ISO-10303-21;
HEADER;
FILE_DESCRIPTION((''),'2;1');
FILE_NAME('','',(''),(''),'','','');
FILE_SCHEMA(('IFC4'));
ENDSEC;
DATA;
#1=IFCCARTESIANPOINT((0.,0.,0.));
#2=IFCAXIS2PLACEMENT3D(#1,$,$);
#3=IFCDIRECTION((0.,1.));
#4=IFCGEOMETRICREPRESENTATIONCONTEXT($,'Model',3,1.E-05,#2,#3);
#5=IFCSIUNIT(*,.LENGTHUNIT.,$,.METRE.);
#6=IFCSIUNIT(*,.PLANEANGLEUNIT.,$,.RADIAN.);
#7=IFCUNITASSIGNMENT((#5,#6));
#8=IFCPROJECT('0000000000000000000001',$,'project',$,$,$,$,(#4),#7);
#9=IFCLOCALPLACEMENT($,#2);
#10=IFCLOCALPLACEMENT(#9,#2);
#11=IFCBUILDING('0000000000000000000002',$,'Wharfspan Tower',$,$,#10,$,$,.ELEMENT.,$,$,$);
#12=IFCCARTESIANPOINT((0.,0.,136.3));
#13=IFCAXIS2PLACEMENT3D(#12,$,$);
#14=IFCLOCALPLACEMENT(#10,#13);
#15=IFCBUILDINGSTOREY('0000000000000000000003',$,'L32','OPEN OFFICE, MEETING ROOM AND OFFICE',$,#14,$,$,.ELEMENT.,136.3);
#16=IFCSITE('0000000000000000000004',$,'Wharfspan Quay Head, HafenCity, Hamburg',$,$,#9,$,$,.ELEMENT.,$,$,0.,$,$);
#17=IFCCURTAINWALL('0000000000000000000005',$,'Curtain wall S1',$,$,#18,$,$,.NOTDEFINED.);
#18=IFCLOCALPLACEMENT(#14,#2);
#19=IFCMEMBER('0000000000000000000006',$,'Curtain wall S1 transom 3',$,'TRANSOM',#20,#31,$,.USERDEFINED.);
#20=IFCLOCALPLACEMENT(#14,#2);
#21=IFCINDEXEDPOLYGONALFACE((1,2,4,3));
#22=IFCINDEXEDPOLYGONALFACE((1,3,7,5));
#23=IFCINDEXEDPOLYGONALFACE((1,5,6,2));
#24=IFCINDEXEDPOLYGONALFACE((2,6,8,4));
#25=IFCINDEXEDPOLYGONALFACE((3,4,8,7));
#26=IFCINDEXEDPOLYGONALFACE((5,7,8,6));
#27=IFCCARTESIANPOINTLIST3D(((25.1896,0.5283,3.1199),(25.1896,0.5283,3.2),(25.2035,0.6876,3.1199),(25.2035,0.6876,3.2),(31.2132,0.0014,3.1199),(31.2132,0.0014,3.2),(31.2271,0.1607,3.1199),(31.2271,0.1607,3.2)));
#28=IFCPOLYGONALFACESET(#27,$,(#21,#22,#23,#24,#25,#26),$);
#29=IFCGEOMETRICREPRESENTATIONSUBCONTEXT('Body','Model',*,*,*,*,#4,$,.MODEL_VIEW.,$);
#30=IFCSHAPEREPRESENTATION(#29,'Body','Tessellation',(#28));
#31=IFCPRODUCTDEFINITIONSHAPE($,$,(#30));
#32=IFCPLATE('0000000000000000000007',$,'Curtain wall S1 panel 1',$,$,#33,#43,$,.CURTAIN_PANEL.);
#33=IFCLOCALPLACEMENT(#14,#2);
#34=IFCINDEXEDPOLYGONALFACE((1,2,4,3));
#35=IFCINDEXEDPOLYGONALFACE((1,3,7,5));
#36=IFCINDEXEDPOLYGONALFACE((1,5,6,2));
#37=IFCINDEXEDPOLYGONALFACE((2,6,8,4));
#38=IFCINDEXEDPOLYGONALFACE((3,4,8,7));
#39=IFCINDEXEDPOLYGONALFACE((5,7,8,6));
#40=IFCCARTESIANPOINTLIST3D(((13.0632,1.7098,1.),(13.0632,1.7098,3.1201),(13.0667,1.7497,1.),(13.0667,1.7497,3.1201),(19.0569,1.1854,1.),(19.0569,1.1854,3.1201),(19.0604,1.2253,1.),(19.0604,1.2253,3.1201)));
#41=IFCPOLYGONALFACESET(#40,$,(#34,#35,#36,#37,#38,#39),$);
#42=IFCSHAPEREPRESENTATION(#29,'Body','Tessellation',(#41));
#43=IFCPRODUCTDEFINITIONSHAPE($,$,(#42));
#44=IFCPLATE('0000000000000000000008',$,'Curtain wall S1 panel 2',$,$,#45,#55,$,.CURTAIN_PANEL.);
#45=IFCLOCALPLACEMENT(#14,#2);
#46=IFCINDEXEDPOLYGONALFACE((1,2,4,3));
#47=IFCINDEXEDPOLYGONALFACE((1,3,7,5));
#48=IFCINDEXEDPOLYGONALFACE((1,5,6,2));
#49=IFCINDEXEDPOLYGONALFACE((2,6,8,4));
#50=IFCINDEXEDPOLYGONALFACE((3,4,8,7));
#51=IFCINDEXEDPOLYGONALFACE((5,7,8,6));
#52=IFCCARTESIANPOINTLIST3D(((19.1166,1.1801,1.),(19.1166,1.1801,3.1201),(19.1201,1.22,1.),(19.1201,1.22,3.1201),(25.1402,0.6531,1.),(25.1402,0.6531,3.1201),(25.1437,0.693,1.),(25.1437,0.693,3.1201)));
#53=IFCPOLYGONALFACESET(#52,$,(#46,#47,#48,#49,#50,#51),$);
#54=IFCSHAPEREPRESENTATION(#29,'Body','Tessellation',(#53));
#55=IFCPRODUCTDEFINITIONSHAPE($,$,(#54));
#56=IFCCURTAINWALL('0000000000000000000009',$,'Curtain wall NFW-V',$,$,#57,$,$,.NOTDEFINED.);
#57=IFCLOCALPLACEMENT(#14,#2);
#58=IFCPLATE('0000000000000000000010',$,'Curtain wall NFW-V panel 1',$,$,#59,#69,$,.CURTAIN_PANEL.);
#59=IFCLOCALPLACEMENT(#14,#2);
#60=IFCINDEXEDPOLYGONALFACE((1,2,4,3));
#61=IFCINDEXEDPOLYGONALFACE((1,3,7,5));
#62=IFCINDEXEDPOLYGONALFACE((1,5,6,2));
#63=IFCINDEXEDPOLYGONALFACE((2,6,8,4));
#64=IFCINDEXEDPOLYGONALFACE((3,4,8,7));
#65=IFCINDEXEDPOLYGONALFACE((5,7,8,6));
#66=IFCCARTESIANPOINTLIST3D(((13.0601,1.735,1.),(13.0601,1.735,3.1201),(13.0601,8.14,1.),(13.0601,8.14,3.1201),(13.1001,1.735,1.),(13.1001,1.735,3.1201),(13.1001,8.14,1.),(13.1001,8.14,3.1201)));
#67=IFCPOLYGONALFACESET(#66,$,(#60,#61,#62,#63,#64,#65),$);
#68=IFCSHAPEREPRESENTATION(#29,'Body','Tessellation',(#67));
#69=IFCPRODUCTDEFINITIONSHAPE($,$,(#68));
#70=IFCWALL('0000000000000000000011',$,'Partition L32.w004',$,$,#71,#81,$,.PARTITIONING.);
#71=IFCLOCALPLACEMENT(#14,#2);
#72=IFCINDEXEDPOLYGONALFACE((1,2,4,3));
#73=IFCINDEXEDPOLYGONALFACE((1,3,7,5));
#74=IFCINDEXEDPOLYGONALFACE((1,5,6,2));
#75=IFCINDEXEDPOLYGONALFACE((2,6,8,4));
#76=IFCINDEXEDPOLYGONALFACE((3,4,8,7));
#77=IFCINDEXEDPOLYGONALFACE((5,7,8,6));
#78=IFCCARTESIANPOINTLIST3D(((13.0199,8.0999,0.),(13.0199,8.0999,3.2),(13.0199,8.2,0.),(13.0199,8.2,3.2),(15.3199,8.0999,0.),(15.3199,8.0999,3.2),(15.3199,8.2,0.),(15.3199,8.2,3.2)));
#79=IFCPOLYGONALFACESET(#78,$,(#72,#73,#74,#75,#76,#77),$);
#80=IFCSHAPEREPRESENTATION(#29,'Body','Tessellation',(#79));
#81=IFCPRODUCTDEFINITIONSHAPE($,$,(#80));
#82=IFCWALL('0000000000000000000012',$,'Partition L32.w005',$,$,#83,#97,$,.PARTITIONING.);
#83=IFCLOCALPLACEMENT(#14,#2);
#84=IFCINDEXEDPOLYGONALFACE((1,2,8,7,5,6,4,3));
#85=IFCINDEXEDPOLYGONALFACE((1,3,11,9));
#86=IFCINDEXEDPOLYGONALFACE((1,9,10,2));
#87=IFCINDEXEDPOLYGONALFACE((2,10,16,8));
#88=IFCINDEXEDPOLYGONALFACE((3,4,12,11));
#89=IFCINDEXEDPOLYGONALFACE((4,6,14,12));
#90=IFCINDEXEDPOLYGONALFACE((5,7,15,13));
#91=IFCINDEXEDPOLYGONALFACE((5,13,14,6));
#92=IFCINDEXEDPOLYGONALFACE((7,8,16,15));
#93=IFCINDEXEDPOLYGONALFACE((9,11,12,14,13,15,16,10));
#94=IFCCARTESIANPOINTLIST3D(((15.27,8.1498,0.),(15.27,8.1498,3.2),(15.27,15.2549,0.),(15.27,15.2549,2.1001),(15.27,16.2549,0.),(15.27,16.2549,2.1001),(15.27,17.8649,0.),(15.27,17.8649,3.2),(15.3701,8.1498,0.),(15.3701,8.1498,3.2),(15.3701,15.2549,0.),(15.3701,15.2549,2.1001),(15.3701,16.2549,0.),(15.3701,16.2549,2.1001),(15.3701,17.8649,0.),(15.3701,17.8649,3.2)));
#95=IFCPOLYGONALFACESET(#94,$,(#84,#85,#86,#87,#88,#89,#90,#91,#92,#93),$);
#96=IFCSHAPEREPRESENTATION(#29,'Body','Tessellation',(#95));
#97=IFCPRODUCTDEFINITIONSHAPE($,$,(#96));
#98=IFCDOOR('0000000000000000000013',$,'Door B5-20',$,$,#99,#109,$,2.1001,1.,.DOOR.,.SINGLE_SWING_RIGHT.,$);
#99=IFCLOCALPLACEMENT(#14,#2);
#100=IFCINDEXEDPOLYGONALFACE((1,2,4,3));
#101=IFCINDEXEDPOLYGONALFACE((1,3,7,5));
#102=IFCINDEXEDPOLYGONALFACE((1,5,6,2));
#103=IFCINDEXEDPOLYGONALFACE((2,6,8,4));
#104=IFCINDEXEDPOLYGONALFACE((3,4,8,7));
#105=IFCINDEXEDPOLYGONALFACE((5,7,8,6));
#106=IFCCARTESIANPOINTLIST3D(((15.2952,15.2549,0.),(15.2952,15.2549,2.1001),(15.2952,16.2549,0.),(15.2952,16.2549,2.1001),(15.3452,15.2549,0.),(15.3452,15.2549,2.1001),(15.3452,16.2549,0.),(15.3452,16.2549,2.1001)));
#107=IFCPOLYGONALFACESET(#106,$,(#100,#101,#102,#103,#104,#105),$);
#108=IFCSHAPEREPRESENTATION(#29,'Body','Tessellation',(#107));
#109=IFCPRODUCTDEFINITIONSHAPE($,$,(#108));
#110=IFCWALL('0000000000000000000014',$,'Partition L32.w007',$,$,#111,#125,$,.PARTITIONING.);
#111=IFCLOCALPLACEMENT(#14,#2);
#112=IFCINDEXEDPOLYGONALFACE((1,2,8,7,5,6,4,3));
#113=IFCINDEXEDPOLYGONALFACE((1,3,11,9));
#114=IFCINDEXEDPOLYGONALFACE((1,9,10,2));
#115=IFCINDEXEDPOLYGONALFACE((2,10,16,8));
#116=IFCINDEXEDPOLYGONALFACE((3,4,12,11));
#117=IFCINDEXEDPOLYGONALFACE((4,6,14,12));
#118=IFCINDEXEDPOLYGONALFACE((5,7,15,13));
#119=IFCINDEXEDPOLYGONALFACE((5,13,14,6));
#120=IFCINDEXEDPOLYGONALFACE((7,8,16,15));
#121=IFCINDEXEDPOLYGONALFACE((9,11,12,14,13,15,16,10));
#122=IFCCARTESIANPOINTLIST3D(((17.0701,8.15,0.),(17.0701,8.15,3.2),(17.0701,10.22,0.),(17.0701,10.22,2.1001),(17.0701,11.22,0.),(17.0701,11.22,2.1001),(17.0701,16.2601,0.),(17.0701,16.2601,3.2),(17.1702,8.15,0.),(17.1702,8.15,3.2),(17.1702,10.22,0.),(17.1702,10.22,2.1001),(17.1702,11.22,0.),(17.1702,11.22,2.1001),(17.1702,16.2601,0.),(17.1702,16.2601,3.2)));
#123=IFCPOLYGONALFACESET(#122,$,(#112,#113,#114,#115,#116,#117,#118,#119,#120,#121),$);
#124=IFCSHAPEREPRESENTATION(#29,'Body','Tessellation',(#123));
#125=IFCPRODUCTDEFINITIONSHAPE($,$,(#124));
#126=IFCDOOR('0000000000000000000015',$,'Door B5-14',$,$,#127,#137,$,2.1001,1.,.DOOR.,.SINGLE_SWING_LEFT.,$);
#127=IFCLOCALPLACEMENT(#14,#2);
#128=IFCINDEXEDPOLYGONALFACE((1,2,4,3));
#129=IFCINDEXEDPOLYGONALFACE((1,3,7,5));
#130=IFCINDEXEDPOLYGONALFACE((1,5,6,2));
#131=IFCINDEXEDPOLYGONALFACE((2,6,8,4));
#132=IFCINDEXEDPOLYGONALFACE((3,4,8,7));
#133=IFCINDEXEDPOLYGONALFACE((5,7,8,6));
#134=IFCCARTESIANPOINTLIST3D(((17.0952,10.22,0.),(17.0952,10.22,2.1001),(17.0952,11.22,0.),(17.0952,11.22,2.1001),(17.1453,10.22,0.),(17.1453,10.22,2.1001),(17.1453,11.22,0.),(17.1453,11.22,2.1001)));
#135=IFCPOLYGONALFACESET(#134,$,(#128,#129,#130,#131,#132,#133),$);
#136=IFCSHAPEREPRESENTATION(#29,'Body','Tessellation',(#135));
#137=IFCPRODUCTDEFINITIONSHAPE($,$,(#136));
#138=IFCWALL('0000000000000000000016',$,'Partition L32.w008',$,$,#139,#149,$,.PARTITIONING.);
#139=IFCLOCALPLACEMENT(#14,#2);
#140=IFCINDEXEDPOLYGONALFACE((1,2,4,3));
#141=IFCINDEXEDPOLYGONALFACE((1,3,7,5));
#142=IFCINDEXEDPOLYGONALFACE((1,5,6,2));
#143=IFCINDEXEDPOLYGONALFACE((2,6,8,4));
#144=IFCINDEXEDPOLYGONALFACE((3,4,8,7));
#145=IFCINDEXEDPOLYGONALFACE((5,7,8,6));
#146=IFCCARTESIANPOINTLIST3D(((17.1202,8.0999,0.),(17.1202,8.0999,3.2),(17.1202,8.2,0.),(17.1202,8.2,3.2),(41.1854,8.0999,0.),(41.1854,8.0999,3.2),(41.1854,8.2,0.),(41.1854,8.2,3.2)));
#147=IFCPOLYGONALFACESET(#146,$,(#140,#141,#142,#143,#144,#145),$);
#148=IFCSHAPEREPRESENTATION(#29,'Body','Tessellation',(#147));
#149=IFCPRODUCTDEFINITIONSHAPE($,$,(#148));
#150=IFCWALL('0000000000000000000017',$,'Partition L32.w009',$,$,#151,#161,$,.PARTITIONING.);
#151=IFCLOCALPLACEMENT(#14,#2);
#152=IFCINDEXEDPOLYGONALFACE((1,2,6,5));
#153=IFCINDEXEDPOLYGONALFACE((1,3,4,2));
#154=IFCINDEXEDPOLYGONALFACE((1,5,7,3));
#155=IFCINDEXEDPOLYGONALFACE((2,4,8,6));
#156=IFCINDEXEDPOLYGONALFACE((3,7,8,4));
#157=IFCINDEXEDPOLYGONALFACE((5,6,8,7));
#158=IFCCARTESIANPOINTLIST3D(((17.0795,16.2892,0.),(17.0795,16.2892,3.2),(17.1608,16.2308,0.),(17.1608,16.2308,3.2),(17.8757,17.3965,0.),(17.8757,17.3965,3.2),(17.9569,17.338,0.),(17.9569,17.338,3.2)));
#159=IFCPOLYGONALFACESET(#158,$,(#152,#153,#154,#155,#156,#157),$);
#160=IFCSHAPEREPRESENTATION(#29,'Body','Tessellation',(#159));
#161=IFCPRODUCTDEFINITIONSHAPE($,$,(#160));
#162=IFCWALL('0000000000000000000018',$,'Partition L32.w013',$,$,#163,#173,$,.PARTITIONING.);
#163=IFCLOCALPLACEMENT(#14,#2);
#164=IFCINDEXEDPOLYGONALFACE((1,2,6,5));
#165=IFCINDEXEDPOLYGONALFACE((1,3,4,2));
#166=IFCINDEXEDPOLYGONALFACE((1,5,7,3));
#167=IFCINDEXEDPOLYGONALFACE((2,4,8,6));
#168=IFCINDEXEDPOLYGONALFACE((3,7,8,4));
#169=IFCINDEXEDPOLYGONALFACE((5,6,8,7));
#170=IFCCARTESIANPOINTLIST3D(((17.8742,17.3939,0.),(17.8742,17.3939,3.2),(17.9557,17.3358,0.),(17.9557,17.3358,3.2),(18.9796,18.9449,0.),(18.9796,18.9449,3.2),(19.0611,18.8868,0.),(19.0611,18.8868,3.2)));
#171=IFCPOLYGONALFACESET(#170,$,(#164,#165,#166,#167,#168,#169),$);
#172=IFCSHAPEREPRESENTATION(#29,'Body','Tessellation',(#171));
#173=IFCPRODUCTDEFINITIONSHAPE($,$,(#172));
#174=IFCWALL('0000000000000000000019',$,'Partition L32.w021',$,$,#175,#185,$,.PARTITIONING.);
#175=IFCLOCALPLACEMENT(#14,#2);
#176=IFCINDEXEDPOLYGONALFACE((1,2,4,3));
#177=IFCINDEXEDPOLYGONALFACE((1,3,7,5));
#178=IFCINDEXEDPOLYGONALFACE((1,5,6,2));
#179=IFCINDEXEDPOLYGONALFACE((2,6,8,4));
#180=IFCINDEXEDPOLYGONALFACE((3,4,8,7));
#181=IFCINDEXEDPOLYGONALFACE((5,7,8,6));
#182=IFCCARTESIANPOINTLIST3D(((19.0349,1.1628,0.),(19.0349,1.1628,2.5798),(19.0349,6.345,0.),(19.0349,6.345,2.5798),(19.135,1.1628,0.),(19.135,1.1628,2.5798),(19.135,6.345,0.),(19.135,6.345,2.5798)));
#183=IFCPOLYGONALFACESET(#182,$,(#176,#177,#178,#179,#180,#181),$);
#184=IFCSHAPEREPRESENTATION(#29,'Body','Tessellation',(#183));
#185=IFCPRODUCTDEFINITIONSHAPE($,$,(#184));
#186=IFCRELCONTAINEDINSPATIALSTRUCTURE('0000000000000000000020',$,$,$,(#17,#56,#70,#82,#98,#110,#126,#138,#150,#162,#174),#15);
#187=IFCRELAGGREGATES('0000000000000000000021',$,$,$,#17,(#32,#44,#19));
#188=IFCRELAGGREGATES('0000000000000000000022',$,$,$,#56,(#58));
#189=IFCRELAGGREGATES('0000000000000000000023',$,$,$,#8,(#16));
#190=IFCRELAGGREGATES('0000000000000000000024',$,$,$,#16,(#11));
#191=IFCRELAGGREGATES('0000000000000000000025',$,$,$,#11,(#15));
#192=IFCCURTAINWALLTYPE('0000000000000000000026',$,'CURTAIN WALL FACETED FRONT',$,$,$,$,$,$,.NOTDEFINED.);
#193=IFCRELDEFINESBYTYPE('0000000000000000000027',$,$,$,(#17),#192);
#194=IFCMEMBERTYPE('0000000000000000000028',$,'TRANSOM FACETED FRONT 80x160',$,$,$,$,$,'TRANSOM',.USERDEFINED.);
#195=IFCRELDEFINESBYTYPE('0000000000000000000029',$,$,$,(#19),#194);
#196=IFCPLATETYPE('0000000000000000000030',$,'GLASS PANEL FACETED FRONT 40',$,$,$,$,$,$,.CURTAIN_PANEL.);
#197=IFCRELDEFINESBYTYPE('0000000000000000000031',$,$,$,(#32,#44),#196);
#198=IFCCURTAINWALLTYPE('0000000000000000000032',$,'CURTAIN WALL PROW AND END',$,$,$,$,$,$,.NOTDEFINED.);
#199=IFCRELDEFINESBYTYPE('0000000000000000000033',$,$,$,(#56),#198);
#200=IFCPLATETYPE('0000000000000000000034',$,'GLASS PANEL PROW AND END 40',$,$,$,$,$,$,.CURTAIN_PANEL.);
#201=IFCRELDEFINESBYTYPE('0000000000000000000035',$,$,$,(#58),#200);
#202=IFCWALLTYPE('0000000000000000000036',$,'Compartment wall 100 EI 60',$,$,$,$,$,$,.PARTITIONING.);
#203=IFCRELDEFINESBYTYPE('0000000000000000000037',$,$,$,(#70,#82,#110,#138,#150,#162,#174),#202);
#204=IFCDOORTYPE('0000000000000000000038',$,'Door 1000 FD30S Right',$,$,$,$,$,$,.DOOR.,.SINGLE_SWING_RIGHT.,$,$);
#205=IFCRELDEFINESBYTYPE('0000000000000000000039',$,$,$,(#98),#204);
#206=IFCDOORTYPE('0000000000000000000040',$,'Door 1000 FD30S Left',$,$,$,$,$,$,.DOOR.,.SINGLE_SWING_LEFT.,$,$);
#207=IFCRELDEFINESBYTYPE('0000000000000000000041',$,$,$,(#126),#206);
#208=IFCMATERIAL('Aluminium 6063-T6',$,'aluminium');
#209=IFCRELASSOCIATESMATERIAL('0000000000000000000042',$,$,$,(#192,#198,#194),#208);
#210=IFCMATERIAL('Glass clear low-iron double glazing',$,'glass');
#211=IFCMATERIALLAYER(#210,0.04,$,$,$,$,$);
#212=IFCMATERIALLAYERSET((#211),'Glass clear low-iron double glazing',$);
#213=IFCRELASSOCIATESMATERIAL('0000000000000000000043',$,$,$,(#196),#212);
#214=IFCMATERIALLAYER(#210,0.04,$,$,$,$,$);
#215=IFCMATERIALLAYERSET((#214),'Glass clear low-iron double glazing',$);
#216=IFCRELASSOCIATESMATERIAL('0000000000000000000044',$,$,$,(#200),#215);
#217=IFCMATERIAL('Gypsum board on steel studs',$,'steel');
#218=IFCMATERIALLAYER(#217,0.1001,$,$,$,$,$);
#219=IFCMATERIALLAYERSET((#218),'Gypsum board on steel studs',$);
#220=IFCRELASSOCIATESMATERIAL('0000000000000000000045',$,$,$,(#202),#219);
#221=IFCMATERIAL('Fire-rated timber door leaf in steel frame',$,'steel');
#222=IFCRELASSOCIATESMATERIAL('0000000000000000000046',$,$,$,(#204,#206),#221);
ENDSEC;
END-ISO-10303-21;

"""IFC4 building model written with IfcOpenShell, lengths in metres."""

from ifc_helpers import new_model, si_unit, direction, frame, frame_2d, origin, origin_2d, place, context, subcontext, project, spatial, rectangle, extrude, material, layer, layer_set, material_profile, profile_set, type_object, element, fill, aggregate, save


model = new_model("IFC4")

# Units and contexts
model_context = context("Model", 3, precision=1e-05, world=origin(), true_north=direction((0.0, 1.0)))
body_context = subcontext(model_context, "Body", "Model", "MODEL_VIEW")
ifc_project = project(units=[si_unit("LENGTHUNIT", "METRE"), si_unit("PLANEANGLEUNIT", "RADIAN")], contexts=[model_context])

# Site, building, storey
site_placement = place(None, origin())
site = spatial("IfcSite", under=ifc_project, at=site_placement, Name="Wharfspan Quay Head, HafenCity, Hamburg", CompositionType="ELEMENT", RefElevation=0.0)
building_placement = place(site_placement, origin())
building = spatial("IfcBuilding", under=site, at=building_placement, Name="Wharfspan Tower", CompositionType="ELEMENT")
storey_placement = place(building_placement, frame((0.0, 0.0, 136.3)))
storey = spatial("IfcBuildingStorey", under=building, at=storey_placement, Name="L32", Description="OPEN OFFICE, MEETING ROOM AND OFFICE", CompositionType="ELEMENT", Elevation=136.3)

# Curtain wall
ifc_material_1 = material(Name="Aluminium 6063-T6", Category="aluminium")
curtain_wall_type_1 = type_object("IfcCurtainWallType", Name="CURTAIN WALL FACETED FRONT", PredefinedType="NOTDEFINED", material=ifc_material_1)
curtain_wall_1_placement = place(storey_placement, origin())
curtain_wall_1 = element("IfcCurtainWall", 1, at=curtain_wall_1_placement, inside=storey, type_object=curtain_wall_type_1, Name="Curtain wall S1", PredefinedType="NOTDEFINED")

# Member
ifc_material_profile_1 = material_profile(ifc_material_1, rectangle(XDim=0.1599, YDim=0.0801, at=origin_2d()))
ifc_profile_set_1 = profile_set([ifc_material_profile_1], Name="Aluminium 6063-T6")
member_type_1 = type_object("IfcMemberType", Name="TRANSOM FACETED FRONT 80x160", ElementType="TRANSOM", PredefinedType="USERDEFINED", material=ifc_profile_set_1)
member_1_placement = place(storey_placement, frame((25.1965, 0.6079, 3.1599), z_axis=(0.996197, -0.087131, 0.0), x_axis=(0.087131, 0.996197, 0.0)))
member_1 = element("IfcMember", 2, at=member_1_placement, type_object=member_type_1, Name="Curtain wall S1 transom 3", ObjectType="TRANSOM", PredefinedType="USERDEFINED", context=body_context, shape_type="SweptSolid", body=[
    extrude(rectangle(XDim=0.1599, YDim=0.0801, at=origin_2d()), origin(), (0.0, 0.0, 1.0), 6.0466),
])

# Plates
ifc_material_2 = material(Name="Glass clear low-iron double glazing", Category="glass")
ifc_layer_1 = layer(ifc_material_2, 0.04)
ifc_layer_set_1 = layer_set([ifc_layer_1], Name="Glass clear low-iron double glazing")
plate_type_1 = type_object("IfcPlateType", Name="GLASS PANEL FACETED FRONT 40", PredefinedType="CURTAIN_PANEL", material=ifc_layer_set_1)
plate_1_placement = place(storey_placement, frame((16.0618, 1.4675, 1.0), z_axis=(0.0, 0.0, 1.0), x_axis=(0.996198, -0.087156, 0.0)))
plate_1 = element("IfcPlate", 3, at=plate_1_placement, type_object=plate_type_1, Name="Curtain wall S1 panel 1", PredefinedType="CURTAIN_PANEL", context=body_context, shape_type="SweptSolid", body=[
    extrude(rectangle(XDim=6.0166, YDim=0.04, at=origin_2d()), origin(), (0.0, 0.0, 1.0), 2.1201),
])
plate_2_placement = place(storey_placement, frame((22.1301, 0.9365, 1.0), z_axis=(0.0, 0.0, 1.0), x_axis=(0.996198, -0.087156, 0.0)))
plate_2 = element("IfcPlate", 4, at=plate_2_placement, type_object=plate_type_1, Name="Curtain wall S1 panel 2", PredefinedType="CURTAIN_PANEL", context=body_context, shape_type="SweptSolid", body=[
    extrude(rectangle(XDim=6.0466, YDim=0.04, at=origin_2d()), origin(), (0.0, 0.0, 1.0), 2.1201),
])
aggregate(curtain_wall_1, [plate_1, plate_2, member_1])

# Curtain wall, plate
curtain_wall_type_2 = type_object("IfcCurtainWallType", Name="CURTAIN WALL PROW AND END", PredefinedType="NOTDEFINED", material=ifc_material_1)
curtain_wall_2_placement = place(storey_placement, origin())
curtain_wall_2 = element("IfcCurtainWall", 5, at=curtain_wall_2_placement, inside=storey, type_object=curtain_wall_type_2, Name="Curtain wall NFW-V", PredefinedType="NOTDEFINED")
ifc_layer_2 = layer(ifc_material_2, 0.04)
ifc_layer_set_2 = layer_set([ifc_layer_2], Name="Glass clear low-iron double glazing")
plate_type_2 = type_object("IfcPlateType", Name="GLASS PANEL PROW AND END 40", PredefinedType="CURTAIN_PANEL", material=ifc_layer_set_2)
plate_3_placement = place(storey_placement, frame((13.0801, 4.9375, 1.0), z_axis=(0.0, 0.0, 1.0), x_axis=(0.0, -1.0, 0.0)))
plate_3 = element("IfcPlate", 6, at=plate_3_placement, type_object=plate_type_2, Name="Curtain wall NFW-V panel 1", PredefinedType="CURTAIN_PANEL", context=body_context, shape_type="SweptSolid", body=[
    extrude(rectangle(XDim=6.405, YDim=0.04, at=origin_2d()), origin(), (0.0, 0.0, 1.0), 2.1201),
])
aggregate(curtain_wall_2, [plate_3])

# Wall
ifc_material_3 = material(Name="Gypsum board on steel studs", Category="steel")
ifc_layer_3 = layer(ifc_material_3, 0.1001)
ifc_layer_set_3 = layer_set([ifc_layer_3], Name="Gypsum board on steel studs")
wall_type_1 = type_object("IfcWallType", Name="Compartment wall 100 EI 60", PredefinedType="PARTITIONING", material=ifc_layer_set_3)
wall_1_placement = place(storey_placement, frame((13.02, 8.1499, 0.0), z_axis=(0.0, 0.0, 1.0), x_axis=(1.0, 0.0, 0.0)))
element("IfcWall", 7, at=wall_1_placement, inside=storey, type_object=wall_type_1, Name="Partition L32.w004", PredefinedType="PARTITIONING", context=body_context, shape_type="SweptSolid", body=[
    extrude(rectangle(XDim=2.3, YDim=0.1001, at=frame_2d((1.1499, 0.0))), origin(), (0.0, 0.0, 1.0), 3.2),
])

# Walls, openings, doors
wall_2_placement = place(storey_placement, frame((15.3201, 8.1499, 0.0), z_axis=(0.0, 0.0, 1.0), x_axis=(0.0, 1.0, 0.0)))
wall_2 = element("IfcWall", 8, at=wall_2_placement, inside=storey, type_object=wall_type_1, Name="Partition L32.w005", PredefinedType="PARTITIONING", context=body_context, shape_type="SweptSolid", body=[
    extrude(rectangle(XDim=9.7151, YDim=0.1001, at=frame_2d((4.8574, 0.0))), origin(), (0.0, 0.0, 1.0), 3.2),
])
opening_1_placement = place(wall_2_placement, frame((7.105, 0.0, 0.0)))
opening_1 = element("IfcOpeningElement", 9, at=opening_1_placement, cuts=wall_2, PredefinedType="OPENING", context=body_context, shape_type="SweptSolid", body=[
    extrude(rectangle(XDim=1.0, YDim=2.1001, at=frame_2d((0.5, 1.05))), frame((0.0, 0.0601, 0.0), z_axis=(0.0, -1.0, 0.0), x_axis=(1.0, 0.0, 0.0)), (0.0, 0.0, 1.0), 0.1201),
])
ifc_material_4 = material(Name="Fire-rated timber door leaf in steel frame", Category="steel")
door_type_1 = type_object("IfcDoorType", Name="Door 1000 FD30S Right", OperationType="SINGLE_SWING_RIGHT", PredefinedType="DOOR", material=ifc_material_4)
door_1_placement = place(opening_1_placement, origin())
door_1 = element("IfcDoor", 10, at=door_1_placement, inside=storey, type_object=door_type_1, Name="Door B5-20", OperationType="SINGLE_SWING_RIGHT", OverallHeight=2.1001, OverallWidth=1.0, PredefinedType="DOOR", context=body_context, shape_type="SweptSolid", body=[
    extrude(rectangle(XDim=1.0, YDim=2.1001, at=frame_2d((0.5, 1.05))), frame((0.0, 0.0249, 0.0), z_axis=(0.0, -1.0, 0.0), x_axis=(1.0, 0.0, 0.0)), (0.0, 0.0, 1.0), 0.05),
])
fill(opening_1, door_1)
wall_3_placement = place(storey_placement, frame((17.1201, 8.1499, 0.0), z_axis=(0.0, 0.0, 1.0), x_axis=(0.0, 1.0, 0.0)))
wall_3 = element("IfcWall", 11, at=wall_3_placement, inside=storey, type_object=wall_type_1, Name="Partition L32.w007", PredefinedType="PARTITIONING", context=body_context, shape_type="SweptSolid", body=[
    extrude(rectangle(XDim=8.1101, YDim=0.1001, at=frame_2d((4.0552, 0.0))), origin(), (0.0, 0.0, 1.0), 3.2),
])
opening_2_placement = place(wall_3_placement, frame((2.0701, 0.0, 0.0)))
opening_2 = element("IfcOpeningElement", 12, at=opening_2_placement, cuts=wall_3, PredefinedType="OPENING", context=body_context, shape_type="SweptSolid", body=[
    extrude(rectangle(XDim=1.0, YDim=2.1001, at=frame_2d((0.5, 1.05))), frame((0.0, 0.0601, 0.0), z_axis=(0.0, -1.0, 0.0), x_axis=(1.0, 0.0, 0.0)), (0.0, 0.0, 1.0), 0.1201),
])
door_type_2 = type_object("IfcDoorType", Name="Door 1000 FD30S Left", OperationType="SINGLE_SWING_LEFT", PredefinedType="DOOR", material=ifc_material_4)
door_2_placement = place(opening_2_placement, origin())
door_2 = element("IfcDoor", 13, at=door_2_placement, inside=storey, type_object=door_type_2, Name="Door B5-14", OperationType="SINGLE_SWING_LEFT", OverallHeight=2.1001, OverallWidth=1.0, PredefinedType="DOOR", context=body_context, shape_type="SweptSolid", body=[
    extrude(rectangle(XDim=1.0, YDim=2.1001, at=frame_2d((0.5, 1.05))), frame((0.0, 0.0249, 0.0), z_axis=(0.0, -1.0, 0.0), x_axis=(1.0, 0.0, 0.0)), (0.0, 0.0, 1.0), 0.05),
])
fill(opening_2, door_2)

# Walls
wall_4_placement = place(storey_placement, frame((17.1201, 8.1499, 0.0), z_axis=(0.0, 0.0, 1.0), x_axis=(1.0, 0.0, 0.0)))
element("IfcWall", 14, at=wall_4_placement, inside=storey, type_object=wall_type_1, Name="Partition L32.w008", PredefinedType="PARTITIONING", context=body_context, shape_type="SweptSolid", body=[
    extrude(rectangle(XDim=24.0652, YDim=0.1001, at=frame_2d((12.0327, 0.0))), origin(), (0.0, 0.0, 1.0), 3.2),
])
wall_5_placement = place(storey_placement, frame((17.1201, 16.26, 0.0), z_axis=(0.0, 0.0, 1.0), x_axis=(0.583811, 0.811893, 0.0)))
element("IfcWall", 15, at=wall_5_placement, inside=storey, type_object=wall_type_1, Name="Partition L32.w009", PredefinedType="PARTITIONING", context=body_context, shape_type="SweptSolid", body=[
    extrude(rectangle(XDim=1.3638, YDim=0.1001, at=frame_2d((0.6819, 0.0))), origin(), (0.0, 0.0, 1.0), 3.2),
])
wall_6_placement = place(storey_placement, frame((17.915, 17.365, 0.0), z_axis=(0.0, 0.0, 1.0), x_axis=(0.580403, 0.814333, 0.0)))
element("IfcWall", 16, at=wall_6_placement, inside=storey, type_object=wall_type_1, Name="Partition L32.w013", PredefinedType="PARTITIONING", context=body_context, shape_type="SweptSolid", body=[
    extrude(rectangle(XDim=1.9045, YDim=0.1001, at=frame_2d((0.9521, 0.0))), origin(), (0.0, 0.0, 1.0), 3.2),
])
wall_7_placement = place(storey_placement, frame((19.085, 1.1628, 0.0), z_axis=(0.0, 0.0, 1.0), x_axis=(0.0, 1.0, 0.0)))
element("IfcWall", 17, at=wall_7_placement, inside=storey, type_object=wall_type_1, Name="Partition L32.w021", PredefinedType="PARTITIONING", context=body_context, shape_type="SweptSolid", body=[
    extrude(rectangle(XDim=5.1821, YDim=0.1001, at=frame_2d((2.5911, 0.0))), origin(), (0.0, 0.0, 1.0), 2.5798),
])

save(model, "model.ifc")
